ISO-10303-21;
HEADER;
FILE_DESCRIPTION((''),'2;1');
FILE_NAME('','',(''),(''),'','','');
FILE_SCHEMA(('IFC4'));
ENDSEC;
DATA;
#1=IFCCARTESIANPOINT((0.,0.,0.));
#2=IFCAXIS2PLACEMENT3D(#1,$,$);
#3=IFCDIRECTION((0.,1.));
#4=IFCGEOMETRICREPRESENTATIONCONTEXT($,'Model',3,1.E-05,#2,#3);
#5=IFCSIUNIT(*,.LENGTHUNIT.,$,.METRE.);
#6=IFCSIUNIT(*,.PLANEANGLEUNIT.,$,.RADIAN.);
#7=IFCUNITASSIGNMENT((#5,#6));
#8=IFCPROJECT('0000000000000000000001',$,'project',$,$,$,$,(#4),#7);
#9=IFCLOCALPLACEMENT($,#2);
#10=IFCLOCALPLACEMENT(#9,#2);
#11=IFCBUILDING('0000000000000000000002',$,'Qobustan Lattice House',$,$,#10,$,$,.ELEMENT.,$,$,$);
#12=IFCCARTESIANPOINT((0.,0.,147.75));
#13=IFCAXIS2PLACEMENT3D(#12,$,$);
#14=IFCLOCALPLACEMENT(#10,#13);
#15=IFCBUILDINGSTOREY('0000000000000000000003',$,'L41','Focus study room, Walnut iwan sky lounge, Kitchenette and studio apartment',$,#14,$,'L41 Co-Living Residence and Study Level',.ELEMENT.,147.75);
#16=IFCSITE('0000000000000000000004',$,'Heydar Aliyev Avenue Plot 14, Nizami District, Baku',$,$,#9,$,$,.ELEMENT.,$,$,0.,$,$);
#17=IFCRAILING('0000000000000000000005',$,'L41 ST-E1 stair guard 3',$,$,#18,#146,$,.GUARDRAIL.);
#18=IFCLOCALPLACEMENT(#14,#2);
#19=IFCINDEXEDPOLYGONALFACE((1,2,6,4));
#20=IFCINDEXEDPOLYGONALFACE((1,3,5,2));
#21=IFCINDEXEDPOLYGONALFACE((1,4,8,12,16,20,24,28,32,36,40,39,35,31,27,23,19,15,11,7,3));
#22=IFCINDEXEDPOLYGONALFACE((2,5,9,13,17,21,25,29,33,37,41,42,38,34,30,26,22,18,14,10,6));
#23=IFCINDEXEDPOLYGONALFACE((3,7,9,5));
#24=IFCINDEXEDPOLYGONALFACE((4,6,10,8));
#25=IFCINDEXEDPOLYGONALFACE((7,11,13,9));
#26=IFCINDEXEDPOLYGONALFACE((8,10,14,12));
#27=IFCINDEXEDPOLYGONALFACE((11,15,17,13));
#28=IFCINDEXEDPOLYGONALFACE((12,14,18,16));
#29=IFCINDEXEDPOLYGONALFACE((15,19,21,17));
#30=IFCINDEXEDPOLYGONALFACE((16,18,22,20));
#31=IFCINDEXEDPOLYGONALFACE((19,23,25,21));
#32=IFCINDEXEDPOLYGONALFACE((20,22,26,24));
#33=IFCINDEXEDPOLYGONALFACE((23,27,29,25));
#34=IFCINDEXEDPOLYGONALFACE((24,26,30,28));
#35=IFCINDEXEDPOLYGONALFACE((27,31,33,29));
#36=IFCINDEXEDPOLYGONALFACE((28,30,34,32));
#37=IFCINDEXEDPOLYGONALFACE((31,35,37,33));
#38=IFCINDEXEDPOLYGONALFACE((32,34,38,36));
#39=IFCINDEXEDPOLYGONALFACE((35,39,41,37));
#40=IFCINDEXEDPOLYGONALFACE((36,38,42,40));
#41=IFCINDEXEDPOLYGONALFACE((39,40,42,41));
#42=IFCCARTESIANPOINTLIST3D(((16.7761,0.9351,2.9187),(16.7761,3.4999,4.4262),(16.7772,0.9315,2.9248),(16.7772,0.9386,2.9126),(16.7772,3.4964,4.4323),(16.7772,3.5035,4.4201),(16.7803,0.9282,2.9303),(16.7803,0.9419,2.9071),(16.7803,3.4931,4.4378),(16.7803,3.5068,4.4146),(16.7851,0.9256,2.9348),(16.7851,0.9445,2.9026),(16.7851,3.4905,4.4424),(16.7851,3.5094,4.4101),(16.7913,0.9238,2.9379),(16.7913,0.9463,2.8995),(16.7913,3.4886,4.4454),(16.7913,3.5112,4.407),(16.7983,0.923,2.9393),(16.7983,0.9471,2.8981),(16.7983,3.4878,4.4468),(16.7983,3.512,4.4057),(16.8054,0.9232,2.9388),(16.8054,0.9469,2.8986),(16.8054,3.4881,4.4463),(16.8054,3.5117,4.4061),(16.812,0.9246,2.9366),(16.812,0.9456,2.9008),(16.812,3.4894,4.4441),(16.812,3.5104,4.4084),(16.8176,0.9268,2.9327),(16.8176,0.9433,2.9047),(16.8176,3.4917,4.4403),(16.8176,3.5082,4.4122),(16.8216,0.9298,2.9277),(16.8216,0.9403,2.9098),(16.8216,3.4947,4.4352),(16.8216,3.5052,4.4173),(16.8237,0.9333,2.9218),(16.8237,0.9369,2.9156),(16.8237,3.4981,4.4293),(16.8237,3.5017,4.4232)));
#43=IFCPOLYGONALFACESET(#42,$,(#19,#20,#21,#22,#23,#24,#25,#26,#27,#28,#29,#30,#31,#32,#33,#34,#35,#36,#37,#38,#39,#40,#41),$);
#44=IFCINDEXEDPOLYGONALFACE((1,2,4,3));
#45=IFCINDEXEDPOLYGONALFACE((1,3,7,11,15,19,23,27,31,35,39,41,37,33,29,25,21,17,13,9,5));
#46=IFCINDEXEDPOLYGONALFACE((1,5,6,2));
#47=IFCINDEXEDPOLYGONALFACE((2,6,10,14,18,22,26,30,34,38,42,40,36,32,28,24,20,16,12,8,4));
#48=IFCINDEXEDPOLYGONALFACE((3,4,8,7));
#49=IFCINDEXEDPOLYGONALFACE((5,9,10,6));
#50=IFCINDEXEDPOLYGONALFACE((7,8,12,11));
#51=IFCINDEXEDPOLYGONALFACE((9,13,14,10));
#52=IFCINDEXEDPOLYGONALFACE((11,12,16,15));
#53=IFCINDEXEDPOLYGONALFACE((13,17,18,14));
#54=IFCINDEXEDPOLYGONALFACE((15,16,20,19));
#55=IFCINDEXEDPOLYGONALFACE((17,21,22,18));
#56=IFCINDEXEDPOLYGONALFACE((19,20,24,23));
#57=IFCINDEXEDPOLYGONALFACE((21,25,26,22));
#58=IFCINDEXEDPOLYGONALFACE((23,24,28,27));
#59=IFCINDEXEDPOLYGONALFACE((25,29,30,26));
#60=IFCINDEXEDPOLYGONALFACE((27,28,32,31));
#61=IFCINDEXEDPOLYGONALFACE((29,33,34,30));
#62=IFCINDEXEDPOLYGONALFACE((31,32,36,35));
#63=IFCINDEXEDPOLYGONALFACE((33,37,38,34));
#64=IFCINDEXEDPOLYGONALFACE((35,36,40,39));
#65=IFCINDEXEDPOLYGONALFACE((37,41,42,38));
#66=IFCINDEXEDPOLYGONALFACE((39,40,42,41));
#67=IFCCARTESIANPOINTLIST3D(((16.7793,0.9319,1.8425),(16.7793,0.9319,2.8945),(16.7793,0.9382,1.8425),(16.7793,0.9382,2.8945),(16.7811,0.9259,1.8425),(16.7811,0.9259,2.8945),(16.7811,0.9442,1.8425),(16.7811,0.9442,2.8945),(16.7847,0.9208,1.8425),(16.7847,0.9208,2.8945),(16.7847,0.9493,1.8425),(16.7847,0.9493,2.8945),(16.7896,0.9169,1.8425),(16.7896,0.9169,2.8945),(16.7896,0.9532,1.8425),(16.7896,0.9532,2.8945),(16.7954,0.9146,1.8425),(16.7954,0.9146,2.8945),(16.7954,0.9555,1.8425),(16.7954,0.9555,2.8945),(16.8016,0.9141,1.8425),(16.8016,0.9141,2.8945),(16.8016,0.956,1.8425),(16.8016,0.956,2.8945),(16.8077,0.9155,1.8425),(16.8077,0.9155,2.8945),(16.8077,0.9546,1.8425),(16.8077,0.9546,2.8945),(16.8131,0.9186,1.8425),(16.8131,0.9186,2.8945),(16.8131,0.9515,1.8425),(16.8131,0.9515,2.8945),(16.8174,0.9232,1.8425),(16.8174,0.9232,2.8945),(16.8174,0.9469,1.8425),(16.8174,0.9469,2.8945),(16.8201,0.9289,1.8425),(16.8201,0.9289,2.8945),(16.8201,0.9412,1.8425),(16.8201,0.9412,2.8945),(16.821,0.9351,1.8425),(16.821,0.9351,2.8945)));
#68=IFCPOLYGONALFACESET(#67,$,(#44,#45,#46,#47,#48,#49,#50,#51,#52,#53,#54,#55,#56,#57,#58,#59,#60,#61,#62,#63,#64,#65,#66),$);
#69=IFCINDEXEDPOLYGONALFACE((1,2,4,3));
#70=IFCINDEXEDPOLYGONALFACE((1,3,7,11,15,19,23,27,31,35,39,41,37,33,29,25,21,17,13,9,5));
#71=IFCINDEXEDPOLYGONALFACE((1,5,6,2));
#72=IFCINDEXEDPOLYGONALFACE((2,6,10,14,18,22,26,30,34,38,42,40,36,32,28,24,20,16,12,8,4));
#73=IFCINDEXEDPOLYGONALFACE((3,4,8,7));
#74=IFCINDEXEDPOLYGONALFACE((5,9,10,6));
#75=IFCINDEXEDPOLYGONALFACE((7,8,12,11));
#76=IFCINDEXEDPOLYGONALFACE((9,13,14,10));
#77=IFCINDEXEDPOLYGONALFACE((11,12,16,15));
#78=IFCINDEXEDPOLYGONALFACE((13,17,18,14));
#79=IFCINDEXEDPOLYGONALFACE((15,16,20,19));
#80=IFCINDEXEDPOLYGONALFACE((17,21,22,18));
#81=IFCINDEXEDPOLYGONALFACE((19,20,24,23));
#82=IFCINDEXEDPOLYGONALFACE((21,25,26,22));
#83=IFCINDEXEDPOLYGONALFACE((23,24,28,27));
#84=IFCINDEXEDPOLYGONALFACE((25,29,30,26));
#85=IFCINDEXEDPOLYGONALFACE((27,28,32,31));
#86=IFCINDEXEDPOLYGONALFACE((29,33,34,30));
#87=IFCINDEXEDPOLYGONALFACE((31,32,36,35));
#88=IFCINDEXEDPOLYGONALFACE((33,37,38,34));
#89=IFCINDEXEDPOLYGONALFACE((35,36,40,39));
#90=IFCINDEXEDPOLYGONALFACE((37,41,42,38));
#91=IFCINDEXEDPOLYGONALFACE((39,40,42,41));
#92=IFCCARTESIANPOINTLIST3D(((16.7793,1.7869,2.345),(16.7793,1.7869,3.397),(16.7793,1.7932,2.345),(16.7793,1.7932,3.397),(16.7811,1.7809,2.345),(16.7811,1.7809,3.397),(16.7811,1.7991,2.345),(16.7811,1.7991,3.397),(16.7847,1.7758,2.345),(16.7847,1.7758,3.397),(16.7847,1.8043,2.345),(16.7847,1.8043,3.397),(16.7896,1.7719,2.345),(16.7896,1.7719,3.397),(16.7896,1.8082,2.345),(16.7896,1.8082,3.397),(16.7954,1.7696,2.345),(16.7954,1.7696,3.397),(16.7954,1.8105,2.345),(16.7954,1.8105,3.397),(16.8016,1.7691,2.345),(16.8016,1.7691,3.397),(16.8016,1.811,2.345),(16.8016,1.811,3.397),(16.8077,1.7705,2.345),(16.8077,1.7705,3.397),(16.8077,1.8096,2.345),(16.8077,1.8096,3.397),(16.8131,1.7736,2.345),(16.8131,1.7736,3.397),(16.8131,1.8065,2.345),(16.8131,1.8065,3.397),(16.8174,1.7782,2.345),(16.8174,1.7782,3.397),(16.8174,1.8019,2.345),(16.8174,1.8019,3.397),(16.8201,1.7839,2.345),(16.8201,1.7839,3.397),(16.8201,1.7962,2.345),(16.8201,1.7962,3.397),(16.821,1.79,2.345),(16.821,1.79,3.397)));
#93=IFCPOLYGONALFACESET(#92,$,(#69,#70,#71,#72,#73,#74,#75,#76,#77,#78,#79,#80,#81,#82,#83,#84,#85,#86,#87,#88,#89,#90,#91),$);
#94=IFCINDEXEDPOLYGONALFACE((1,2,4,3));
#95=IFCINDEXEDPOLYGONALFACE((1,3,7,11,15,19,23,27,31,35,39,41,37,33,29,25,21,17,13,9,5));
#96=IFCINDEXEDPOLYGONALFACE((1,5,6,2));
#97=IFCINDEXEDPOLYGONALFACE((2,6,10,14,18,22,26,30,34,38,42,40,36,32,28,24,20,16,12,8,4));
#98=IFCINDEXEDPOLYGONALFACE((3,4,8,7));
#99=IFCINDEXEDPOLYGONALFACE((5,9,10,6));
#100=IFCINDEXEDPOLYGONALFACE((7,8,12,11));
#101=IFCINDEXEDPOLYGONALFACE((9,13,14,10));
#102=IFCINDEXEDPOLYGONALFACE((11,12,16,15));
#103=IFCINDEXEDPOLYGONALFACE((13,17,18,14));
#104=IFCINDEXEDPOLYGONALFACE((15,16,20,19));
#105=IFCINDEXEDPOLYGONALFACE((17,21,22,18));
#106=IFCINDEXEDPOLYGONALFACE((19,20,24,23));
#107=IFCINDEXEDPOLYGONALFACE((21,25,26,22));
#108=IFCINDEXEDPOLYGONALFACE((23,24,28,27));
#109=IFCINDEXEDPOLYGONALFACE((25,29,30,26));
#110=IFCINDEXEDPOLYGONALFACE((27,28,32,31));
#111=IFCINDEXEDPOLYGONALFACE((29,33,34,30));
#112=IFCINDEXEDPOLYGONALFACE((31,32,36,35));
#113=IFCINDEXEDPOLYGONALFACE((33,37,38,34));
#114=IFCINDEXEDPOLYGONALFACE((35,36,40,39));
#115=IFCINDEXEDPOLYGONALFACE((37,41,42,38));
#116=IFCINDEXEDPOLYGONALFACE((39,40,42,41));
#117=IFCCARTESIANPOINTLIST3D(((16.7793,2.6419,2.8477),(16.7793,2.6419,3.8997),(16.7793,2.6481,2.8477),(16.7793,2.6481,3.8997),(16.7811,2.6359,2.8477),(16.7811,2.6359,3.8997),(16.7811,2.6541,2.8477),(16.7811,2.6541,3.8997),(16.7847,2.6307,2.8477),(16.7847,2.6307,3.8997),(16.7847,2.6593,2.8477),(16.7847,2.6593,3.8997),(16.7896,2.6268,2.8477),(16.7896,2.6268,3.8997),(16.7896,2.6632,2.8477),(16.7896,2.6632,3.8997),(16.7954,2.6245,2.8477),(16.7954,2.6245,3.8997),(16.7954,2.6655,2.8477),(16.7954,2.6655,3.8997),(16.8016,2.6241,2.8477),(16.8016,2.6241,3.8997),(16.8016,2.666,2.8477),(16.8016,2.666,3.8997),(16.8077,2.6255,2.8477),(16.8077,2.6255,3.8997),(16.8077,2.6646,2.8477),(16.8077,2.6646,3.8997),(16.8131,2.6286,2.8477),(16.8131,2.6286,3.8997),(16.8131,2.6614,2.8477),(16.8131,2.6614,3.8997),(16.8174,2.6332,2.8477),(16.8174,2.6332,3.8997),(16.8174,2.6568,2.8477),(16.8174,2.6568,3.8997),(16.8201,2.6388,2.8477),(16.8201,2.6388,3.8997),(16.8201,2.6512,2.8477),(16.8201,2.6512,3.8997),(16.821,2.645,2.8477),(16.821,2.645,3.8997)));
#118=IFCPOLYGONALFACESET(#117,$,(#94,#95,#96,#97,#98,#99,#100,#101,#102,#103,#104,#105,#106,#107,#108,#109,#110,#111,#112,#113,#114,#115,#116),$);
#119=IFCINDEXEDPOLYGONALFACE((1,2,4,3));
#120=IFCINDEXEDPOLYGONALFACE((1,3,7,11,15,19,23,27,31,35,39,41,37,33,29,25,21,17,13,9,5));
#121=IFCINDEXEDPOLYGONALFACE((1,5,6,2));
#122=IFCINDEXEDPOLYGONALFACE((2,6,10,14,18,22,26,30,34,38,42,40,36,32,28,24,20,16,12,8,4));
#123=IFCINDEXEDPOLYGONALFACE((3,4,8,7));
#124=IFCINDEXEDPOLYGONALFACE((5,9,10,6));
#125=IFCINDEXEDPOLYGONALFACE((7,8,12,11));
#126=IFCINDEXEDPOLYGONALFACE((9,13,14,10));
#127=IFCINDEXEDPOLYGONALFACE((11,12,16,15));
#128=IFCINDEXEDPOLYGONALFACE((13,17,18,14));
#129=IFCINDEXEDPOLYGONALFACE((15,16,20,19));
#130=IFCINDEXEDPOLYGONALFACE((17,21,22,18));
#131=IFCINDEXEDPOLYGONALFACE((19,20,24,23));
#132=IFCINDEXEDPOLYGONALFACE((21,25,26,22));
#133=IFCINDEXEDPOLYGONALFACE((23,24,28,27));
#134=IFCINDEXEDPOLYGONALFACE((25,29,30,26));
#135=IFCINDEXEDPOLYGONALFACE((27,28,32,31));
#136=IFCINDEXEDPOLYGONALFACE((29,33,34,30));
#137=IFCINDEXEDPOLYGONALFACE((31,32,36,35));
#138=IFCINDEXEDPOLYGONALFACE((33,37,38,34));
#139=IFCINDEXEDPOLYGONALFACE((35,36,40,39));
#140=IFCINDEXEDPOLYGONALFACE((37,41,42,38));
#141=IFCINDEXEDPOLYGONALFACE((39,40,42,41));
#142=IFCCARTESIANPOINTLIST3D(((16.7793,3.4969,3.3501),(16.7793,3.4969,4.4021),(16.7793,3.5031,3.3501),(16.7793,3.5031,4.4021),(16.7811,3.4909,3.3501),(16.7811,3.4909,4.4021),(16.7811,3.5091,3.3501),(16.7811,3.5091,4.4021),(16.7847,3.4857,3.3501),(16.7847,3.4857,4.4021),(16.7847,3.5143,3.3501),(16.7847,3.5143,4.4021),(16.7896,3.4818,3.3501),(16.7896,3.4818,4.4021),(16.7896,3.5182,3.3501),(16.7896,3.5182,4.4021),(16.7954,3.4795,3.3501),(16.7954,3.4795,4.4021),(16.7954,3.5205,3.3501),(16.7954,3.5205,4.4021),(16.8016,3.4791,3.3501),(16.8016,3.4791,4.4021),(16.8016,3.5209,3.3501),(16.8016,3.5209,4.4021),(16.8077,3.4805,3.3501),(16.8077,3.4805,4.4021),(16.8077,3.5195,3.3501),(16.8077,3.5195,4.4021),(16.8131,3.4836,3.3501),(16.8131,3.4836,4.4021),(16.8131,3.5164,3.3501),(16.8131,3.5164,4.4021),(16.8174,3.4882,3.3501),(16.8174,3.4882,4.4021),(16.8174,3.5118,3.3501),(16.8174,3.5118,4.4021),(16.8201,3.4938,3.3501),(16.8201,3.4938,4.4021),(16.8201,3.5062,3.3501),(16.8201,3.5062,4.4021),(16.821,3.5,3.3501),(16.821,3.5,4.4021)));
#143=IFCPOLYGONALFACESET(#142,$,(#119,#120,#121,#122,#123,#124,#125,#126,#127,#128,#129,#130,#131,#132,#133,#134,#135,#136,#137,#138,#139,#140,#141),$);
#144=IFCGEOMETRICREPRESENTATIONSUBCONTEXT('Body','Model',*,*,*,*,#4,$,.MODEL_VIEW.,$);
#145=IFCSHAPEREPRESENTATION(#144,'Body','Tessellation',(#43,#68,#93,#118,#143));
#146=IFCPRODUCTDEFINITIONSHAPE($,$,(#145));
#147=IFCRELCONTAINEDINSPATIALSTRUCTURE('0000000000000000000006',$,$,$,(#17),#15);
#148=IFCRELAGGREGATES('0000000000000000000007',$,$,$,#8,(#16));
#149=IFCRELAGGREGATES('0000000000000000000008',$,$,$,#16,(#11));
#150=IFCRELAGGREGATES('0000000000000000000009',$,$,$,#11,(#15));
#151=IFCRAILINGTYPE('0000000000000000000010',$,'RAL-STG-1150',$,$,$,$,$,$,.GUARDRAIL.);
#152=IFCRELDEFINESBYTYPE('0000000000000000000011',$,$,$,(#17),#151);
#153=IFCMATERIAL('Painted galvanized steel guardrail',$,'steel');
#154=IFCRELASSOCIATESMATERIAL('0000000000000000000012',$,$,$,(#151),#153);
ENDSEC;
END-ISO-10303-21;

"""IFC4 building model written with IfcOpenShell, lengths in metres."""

from ifc_helpers import new_model, si_unit, direction, frame, origin, origin_2d, place, context, subcontext, project, spatial, circle, extrude, material, type_object, element, save


model = new_model("IFC4")

# Units and contexts
model_context = context("Model", 3, precision=1e-05, world=origin(), true_north=direction((0.0, 1.0)))
body_context = subcontext(model_context, "Body", "Model", "MODEL_VIEW")
ifc_project = project(units=[si_unit("LENGTHUNIT", "METRE"), si_unit("PLANEANGLEUNIT", "RADIAN")], contexts=[model_context])

# Site, building, storey
site_placement = place(None, origin())
site = spatial("IfcSite", under=ifc_project, at=site_placement, Name="Heydar Aliyev Avenue Plot 14, Nizami District, Baku", CompositionType="ELEMENT", RefElevation=0.0)
building_placement = place(site_placement, origin())
building = spatial("IfcBuilding", under=site, at=building_placement, Name="Qobustan Lattice House", CompositionType="ELEMENT")
storey_placement = place(building_placement, frame((0.0, 0.0, 147.75)))
storey = spatial("IfcBuildingStorey", under=building, at=storey_placement, Name="L41", Description="Focus study room, Walnut iwan sky lounge, Kitchenette and studio apartment", LongName="L41 Co-Living Residence and Study Level", CompositionType="ELEMENT", Elevation=147.75)

# Railing
ifc_material_1 = material(Name="Painted galvanized steel guardrail", Category="steel")
railing_type_1 = type_object("IfcRailingType", Name="RAL-STG-1150", PredefinedType="GUARDRAIL", material=ifc_material_1)
railing_1_placement = place(storey_placement, frame((16.8, 0.9351, 1.8425)))
element("IfcRailing", 1, at=railing_1_placement, inside=storey, type_object=railing_type_1, Name="L41 ST-E1 stair guard 3", PredefinedType="GUARDRAIL", context=body_context, shape_type="SweptSolid", body=[
    extrude(circle(Radius=0.0239, at=origin_2d()), frame((0.0, 0.0, 1.0762), z_axis=(0.0, 0.862113, 0.506715), x_axis=(-1.0, 0.0, 0.0)), (0.0, 0.0, 1.0), 2.9751),
    extrude(circle(Radius=0.021, at=origin_2d()), origin(), (0.0, 0.0, 1.0), 1.052),
    extrude(circle(Radius=0.021, at=origin_2d()), frame((0.0, 0.855, 0.5024)), (0.0, 0.0, 1.0), 1.052),
    extrude(circle(Radius=0.021, at=origin_2d()), frame((0.0, 1.71, 1.0051)), (0.0, 0.0, 1.0), 1.052),
    extrude(circle(Radius=0.021, at=origin_2d()), frame((0.0, 2.5649, 1.5076)), (0.0, 0.0, 1.0), 1.052),
])

save(model, "model.ifc")
